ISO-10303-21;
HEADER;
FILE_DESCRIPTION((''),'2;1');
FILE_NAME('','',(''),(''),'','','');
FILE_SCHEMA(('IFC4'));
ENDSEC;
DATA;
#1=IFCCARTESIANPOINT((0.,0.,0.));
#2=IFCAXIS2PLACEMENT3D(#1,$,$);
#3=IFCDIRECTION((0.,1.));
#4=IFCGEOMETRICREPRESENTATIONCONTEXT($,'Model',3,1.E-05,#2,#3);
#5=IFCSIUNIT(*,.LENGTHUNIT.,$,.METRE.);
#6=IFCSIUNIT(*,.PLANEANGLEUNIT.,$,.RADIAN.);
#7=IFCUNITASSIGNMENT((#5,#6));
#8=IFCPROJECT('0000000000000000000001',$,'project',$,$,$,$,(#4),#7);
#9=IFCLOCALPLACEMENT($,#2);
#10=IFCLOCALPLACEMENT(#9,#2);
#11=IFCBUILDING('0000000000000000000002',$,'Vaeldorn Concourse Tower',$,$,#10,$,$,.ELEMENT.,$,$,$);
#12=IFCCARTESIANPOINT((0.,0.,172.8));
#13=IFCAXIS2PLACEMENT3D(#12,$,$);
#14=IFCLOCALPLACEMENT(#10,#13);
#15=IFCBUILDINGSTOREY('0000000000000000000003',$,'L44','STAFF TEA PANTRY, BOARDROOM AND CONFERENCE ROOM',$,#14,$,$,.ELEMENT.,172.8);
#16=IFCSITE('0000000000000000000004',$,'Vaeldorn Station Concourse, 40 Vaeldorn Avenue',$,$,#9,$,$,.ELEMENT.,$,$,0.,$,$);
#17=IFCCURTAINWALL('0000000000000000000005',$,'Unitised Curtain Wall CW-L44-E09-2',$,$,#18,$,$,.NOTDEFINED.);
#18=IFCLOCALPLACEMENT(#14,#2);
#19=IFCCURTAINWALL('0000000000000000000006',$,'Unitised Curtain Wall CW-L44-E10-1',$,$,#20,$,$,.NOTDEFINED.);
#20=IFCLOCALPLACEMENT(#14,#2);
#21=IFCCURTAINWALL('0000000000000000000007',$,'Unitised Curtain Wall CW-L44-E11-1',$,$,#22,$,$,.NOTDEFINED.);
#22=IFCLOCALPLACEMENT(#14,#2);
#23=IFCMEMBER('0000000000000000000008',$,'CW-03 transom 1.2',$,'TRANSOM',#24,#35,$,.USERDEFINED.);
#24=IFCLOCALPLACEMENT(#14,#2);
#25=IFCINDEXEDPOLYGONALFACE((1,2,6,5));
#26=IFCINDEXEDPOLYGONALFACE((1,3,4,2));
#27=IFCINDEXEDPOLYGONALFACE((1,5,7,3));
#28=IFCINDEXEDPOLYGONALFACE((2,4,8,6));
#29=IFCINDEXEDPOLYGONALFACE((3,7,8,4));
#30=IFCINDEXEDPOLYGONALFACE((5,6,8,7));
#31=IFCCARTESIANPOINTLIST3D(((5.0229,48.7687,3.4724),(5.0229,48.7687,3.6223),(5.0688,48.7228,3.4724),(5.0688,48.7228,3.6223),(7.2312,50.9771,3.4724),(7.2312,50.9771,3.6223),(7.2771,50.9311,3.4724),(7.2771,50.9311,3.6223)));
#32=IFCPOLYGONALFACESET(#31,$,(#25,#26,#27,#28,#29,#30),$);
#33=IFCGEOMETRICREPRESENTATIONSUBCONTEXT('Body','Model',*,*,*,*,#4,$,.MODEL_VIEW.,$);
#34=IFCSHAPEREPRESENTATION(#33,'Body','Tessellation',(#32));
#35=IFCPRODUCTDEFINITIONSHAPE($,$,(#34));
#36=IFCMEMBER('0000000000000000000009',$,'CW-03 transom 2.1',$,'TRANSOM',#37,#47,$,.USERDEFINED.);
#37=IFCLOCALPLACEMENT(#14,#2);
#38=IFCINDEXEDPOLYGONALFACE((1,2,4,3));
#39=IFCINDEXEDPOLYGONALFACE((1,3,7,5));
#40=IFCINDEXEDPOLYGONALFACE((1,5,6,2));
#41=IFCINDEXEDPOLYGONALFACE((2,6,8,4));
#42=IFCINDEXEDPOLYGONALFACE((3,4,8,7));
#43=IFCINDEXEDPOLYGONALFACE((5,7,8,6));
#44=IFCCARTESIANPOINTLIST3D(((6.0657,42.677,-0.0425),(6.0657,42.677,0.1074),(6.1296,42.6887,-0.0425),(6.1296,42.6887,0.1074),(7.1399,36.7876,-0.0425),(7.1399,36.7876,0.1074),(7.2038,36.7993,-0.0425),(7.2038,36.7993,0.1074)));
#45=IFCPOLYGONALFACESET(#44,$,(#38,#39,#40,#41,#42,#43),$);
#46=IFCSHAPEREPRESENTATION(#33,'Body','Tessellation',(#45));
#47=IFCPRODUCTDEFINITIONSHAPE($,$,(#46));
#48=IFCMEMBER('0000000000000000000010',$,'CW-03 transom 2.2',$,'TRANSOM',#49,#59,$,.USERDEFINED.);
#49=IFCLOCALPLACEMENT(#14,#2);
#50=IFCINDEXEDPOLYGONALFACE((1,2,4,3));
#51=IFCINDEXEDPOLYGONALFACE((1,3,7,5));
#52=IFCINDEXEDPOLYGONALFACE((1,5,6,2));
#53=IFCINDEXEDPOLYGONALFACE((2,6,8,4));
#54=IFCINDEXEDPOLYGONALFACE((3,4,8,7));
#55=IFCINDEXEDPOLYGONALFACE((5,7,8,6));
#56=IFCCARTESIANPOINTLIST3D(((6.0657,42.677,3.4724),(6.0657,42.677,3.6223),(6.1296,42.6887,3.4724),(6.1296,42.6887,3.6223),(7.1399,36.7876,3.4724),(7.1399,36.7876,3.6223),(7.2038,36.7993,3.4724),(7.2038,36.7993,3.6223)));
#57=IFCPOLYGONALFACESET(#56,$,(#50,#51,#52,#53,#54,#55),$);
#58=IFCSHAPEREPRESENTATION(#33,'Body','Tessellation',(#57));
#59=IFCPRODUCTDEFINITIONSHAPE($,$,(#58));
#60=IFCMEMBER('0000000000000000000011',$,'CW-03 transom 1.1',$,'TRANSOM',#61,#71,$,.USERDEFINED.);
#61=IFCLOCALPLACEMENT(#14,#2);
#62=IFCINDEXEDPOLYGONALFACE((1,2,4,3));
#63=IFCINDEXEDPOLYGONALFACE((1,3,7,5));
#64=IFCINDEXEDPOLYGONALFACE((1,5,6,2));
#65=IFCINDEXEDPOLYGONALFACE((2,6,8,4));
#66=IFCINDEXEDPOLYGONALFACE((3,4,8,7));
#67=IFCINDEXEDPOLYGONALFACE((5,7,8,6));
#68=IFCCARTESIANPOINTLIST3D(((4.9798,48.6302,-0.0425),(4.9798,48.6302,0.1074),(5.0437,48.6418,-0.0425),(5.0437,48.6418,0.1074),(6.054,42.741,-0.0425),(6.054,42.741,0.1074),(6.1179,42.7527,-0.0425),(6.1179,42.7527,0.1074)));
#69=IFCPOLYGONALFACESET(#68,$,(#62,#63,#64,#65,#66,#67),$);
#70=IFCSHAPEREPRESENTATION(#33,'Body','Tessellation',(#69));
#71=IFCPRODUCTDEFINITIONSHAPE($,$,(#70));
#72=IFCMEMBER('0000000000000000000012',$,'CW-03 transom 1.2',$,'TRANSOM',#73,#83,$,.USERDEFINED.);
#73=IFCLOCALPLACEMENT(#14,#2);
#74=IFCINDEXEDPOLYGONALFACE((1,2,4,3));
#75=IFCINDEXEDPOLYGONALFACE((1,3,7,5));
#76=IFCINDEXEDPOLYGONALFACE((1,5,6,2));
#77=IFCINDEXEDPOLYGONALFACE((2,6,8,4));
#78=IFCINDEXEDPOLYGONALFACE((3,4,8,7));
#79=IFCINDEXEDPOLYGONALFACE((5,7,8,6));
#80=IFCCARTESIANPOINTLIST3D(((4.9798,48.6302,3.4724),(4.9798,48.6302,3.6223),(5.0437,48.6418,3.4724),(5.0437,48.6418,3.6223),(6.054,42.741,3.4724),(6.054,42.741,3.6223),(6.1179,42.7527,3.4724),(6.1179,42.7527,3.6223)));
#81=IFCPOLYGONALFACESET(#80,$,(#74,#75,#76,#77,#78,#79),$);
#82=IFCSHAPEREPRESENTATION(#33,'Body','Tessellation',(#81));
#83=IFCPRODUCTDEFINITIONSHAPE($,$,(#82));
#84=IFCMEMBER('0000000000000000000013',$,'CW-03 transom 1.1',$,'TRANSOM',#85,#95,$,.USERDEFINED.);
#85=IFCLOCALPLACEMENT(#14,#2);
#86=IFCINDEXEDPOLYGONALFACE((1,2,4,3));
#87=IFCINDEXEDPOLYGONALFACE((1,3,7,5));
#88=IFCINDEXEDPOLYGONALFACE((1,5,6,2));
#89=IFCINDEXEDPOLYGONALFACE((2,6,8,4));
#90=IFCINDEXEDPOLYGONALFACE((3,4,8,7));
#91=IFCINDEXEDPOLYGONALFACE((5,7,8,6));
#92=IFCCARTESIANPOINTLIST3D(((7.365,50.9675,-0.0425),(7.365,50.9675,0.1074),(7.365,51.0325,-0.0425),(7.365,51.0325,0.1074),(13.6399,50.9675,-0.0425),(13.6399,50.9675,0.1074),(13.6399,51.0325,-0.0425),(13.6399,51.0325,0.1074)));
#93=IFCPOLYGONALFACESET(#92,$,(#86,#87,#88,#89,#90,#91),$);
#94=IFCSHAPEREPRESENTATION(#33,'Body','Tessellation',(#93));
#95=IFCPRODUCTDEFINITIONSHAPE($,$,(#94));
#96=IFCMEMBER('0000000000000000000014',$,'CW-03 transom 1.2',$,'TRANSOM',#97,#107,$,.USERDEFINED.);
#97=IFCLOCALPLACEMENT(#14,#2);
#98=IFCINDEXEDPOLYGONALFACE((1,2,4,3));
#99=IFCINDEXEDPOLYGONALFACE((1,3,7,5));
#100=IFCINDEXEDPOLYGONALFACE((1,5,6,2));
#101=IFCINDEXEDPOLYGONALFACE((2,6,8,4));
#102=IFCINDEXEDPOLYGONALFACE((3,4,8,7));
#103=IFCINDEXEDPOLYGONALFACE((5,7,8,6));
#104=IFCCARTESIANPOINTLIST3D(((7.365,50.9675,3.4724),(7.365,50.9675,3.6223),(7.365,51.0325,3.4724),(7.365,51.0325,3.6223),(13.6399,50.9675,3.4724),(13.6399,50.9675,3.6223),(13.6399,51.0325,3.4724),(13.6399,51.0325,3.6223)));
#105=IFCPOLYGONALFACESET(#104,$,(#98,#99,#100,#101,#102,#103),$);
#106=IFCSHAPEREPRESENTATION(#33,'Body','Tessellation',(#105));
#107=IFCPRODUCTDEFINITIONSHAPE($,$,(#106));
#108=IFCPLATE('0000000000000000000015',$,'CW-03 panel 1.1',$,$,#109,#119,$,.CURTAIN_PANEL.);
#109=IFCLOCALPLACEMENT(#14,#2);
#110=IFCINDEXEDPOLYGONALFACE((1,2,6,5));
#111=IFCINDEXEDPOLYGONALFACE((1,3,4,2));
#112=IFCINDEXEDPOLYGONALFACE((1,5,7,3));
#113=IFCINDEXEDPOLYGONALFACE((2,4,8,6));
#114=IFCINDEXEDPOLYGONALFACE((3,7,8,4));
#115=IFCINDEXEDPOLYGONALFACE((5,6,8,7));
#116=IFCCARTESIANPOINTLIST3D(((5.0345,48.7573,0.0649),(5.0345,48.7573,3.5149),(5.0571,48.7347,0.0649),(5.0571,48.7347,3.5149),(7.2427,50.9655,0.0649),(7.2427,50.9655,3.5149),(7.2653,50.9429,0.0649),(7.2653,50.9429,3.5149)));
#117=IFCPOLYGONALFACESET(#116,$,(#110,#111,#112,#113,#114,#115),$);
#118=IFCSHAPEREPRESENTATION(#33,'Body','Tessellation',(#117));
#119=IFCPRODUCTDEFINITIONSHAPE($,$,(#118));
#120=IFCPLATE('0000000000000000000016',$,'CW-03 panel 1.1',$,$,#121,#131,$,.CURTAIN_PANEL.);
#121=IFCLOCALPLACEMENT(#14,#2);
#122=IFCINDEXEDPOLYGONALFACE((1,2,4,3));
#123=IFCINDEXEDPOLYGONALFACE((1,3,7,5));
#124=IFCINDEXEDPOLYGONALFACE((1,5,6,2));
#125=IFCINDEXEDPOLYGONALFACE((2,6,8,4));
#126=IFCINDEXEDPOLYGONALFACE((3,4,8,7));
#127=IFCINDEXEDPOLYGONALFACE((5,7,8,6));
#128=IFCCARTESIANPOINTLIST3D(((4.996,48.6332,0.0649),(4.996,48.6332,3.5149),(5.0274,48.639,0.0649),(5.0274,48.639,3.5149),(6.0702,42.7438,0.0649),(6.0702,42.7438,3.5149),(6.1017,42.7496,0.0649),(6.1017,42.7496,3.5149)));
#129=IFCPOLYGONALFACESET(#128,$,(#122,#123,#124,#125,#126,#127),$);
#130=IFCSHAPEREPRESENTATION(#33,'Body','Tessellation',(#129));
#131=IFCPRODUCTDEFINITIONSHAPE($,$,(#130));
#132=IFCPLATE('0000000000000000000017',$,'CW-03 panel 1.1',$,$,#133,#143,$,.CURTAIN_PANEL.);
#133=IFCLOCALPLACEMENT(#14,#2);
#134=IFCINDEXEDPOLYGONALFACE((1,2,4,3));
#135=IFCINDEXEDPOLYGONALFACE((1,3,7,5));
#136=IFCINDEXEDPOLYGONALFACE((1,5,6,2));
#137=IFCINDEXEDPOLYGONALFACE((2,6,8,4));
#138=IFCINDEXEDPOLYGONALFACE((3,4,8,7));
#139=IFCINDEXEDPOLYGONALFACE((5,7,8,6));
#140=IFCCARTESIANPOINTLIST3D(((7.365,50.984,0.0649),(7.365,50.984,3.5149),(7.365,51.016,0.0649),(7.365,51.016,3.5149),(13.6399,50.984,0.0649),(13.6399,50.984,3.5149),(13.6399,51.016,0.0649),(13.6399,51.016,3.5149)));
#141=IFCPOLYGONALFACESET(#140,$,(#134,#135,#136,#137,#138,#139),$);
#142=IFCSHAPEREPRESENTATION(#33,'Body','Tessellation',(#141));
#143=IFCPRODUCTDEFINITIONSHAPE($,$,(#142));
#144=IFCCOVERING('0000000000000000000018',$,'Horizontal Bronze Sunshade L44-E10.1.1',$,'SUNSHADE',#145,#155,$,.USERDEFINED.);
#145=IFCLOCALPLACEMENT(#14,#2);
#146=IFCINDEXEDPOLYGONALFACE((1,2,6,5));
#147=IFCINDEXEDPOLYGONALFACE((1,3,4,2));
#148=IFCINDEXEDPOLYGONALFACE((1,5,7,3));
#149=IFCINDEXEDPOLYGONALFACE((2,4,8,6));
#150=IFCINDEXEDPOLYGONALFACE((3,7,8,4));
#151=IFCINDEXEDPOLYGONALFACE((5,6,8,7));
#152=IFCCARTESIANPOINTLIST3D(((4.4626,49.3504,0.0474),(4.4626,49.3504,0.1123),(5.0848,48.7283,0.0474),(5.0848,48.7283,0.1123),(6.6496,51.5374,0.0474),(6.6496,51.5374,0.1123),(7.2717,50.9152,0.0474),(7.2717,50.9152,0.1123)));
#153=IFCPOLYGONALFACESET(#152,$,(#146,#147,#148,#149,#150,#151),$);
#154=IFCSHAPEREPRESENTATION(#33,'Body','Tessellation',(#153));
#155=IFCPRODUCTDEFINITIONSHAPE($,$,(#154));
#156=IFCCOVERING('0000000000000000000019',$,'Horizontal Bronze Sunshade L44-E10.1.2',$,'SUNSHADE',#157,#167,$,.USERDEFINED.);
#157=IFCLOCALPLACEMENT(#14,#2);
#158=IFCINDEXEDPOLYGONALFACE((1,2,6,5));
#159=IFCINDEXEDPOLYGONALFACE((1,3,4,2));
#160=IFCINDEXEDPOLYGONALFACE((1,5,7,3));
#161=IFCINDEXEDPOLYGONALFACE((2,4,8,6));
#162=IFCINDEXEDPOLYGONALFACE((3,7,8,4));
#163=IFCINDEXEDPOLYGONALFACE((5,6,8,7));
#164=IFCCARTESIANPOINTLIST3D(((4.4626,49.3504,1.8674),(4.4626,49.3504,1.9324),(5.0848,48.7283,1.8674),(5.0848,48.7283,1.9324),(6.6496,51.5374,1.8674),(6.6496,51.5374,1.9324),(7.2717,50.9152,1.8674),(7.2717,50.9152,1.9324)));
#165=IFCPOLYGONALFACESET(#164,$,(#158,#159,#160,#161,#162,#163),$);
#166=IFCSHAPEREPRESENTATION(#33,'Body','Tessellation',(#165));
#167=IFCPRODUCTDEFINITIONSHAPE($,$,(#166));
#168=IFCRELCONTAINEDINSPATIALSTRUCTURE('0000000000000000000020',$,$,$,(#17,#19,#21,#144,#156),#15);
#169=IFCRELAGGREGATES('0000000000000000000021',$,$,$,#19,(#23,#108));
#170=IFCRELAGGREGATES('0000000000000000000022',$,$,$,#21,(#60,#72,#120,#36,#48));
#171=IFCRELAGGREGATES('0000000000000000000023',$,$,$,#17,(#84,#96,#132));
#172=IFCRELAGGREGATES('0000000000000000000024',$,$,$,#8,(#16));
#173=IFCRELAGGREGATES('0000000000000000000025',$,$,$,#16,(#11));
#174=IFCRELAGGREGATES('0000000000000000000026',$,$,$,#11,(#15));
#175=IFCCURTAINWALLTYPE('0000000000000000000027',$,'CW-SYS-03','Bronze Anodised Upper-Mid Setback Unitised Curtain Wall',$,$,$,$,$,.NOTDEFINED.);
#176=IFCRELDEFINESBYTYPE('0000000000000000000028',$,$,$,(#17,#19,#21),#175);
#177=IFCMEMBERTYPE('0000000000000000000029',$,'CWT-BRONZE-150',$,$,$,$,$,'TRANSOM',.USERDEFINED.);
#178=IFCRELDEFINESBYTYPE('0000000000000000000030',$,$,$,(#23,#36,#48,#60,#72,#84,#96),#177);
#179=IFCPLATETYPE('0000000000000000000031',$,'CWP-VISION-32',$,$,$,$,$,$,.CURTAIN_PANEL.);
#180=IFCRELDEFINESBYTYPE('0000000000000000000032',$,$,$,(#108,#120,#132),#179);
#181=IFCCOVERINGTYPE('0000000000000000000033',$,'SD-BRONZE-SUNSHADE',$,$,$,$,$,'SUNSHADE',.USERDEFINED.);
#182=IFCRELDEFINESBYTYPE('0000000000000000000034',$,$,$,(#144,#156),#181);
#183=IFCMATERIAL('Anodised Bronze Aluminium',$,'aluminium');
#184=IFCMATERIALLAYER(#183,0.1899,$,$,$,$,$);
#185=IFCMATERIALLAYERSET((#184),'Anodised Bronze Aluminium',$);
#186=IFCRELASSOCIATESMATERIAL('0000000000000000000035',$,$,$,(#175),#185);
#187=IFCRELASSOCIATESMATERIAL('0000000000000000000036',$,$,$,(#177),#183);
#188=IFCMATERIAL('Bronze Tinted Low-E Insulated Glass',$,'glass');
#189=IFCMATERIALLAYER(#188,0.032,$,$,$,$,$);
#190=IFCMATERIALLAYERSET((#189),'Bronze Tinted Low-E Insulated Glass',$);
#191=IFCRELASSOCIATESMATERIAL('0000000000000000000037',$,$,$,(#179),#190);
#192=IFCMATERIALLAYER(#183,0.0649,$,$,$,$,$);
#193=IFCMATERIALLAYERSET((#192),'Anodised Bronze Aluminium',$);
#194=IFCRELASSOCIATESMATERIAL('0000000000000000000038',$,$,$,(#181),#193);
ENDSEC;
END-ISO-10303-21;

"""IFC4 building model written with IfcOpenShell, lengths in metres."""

from ifc_helpers import new_model, si_unit, direction, frame, origin, origin_2d, place, context, subcontext, project, spatial, rectangle, extrude, source, transform, mapped, material, layer, layer_set, material_profile, profile_set, type_object, element, aggregate, save


model = new_model("IFC4")

# Units and contexts
model_context = context("Model", 3, precision=1e-05, world=origin(), true_north=direction((0.0, 1.0)))
body_context = subcontext(model_context, "Body", "Model", "MODEL_VIEW")
ifc_project = project(units=[si_unit("LENGTHUNIT", "METRE"), si_unit("PLANEANGLEUNIT", "RADIAN")], contexts=[model_context])

# Site, building, storey
site_placement = place(None, origin())
site = spatial("IfcSite", under=ifc_project, at=site_placement, Name="Vaeldorn Station Concourse, 40 Vaeldorn Avenue", CompositionType="ELEMENT", RefElevation=0.0)
building_placement = place(site_placement, origin())
building = spatial("IfcBuilding", under=site, at=building_placement, Name="Vaeldorn Concourse Tower", CompositionType="ELEMENT")
storey_placement = place(building_placement, frame((0.0, 0.0, 172.8)))
storey = spatial("IfcBuildingStorey", under=building, at=storey_placement, Name="L44", Description="STAFF TEA PANTRY, BOARDROOM AND CONFERENCE ROOM", CompositionType="ELEMENT", Elevation=172.8)

# Curtain walls
ifc_material_1 = material(Name="Anodised Bronze Aluminium", Category="aluminium")
ifc_layer_1 = layer(ifc_material_1, 0.1899)
ifc_layer_set_1 = layer_set([ifc_layer_1], Name="Anodised Bronze Aluminium")
curtain_wall_type = type_object("IfcCurtainWallType", Name="CW-SYS-03", Description="Bronze Anodised Upper-Mid Setback Unitised Curtain Wall", PredefinedType="NOTDEFINED", material=ifc_layer_set_1)
curtain_wall_1_placement = place(storey_placement, origin())
curtain_wall_1 = element("IfcCurtainWall", 1, at=curtain_wall_1_placement, inside=storey, type_object=curtain_wall_type, Name="Unitised Curtain Wall CW-L44-E09-2", PredefinedType="NOTDEFINED")
curtain_wall_2_placement = place(storey_placement, origin())
curtain_wall_2 = element("IfcCurtainWall", 2, at=curtain_wall_2_placement, inside=storey, type_object=curtain_wall_type, Name="Unitised Curtain Wall CW-L44-E10-1", PredefinedType="NOTDEFINED")
curtain_wall_3_placement = place(storey_placement, origin())
curtain_wall_3 = element("IfcCurtainWall", 3, at=curtain_wall_3_placement, inside=storey, type_object=curtain_wall_type, Name="Unitised Curtain Wall CW-L44-E11-1", PredefinedType="NOTDEFINED")

# Members
ifc_material_profile_1 = material_profile(ifc_material_1, rectangle(XDim=0.0649, YDim=0.1499, at=origin_2d()), Name="CWT 65x150")
ifc_profile_set_1 = profile_set([ifc_material_profile_1], Name="Anodised Bronze Aluminium")
member_type_1 = type_object("IfcMemberType", Name="CWT-BRONZE-150", ElementType="TRANSOM", PredefinedType="USERDEFINED", material=ifc_profile_set_1)
shared_shape_1 = source(origin(), body_context, "Body", "SweptSolid", [
    extrude(rectangle(XDim=0.0649, YDim=0.1499, at=origin_2d()), origin(), (0.0, 0.0, 1.0), 3.123),
])
member_1_placement = place(storey_placement, frame((7.2542, 50.9541, 3.5474), z_axis=(-0.707107, -0.707107, 0.0), x_axis=(0.707107, -0.707107, 0.0)))
member_1 = element("IfcMember", 4, at=member_1_placement, type_object=member_type_1, Name="CW-03 transom 1.2", ObjectType="TRANSOM", PredefinedType="USERDEFINED", context=body_context, shape_type="MappedRepresentation", body=[
    mapped(shared_shape_1, transform((0.0, 0.0, 0.0), scale=1.0)),
])
shared_shape_2 = source(origin(), body_context, "Body", "SweptSolid", [
    extrude(rectangle(XDim=0.0649, YDim=0.1499, at=origin_2d()), origin(), (0.0, 0.0, 1.0), 5.9866),
])
member_2_placement = place(storey_placement, frame((6.0977, 42.6829, 0.0325), z_axis=(0.179438, -0.983769, 0.0), x_axis=(0.983769, 0.179438, 0.0)))
member_2 = element("IfcMember", 5, at=member_2_placement, type_object=member_type_1, Name="CW-03 transom 2.1", ObjectType="TRANSOM", PredefinedType="USERDEFINED", context=body_context, shape_type="MappedRepresentation", body=[
    mapped(shared_shape_2, transform((0.0, 0.0, 0.0), scale=1.0)),
])
member_3_placement = place(storey_placement, frame((6.0977, 42.6829, 3.5474), z_axis=(0.179438, -0.983769, 0.0), x_axis=(0.983769, 0.179438, 0.0)))
member_3 = element("IfcMember", 6, at=member_3_placement, type_object=member_type_1, Name="CW-03 transom 2.2", ObjectType="TRANSOM", PredefinedType="USERDEFINED", context=body_context, shape_type="MappedRepresentation", body=[
    mapped(shared_shape_2, transform((0.0, 0.0, 0.0), scale=1.0)),
])
shared_shape_3 = source(origin(), body_context, "Body", "SweptSolid", [
    extrude(rectangle(XDim=0.0649, YDim=0.1499, at=origin_2d()), origin(), (0.0, 0.0, 1.0), 5.9863),
])
member_4_placement = place(storey_placement, frame((5.0117, 48.636, 0.0325), z_axis=(0.179445, -0.983768, 0.0), x_axis=(0.983768, 0.179445, 0.0)))
member_4 = element("IfcMember", 7, at=member_4_placement, type_object=member_type_1, Name="CW-03 transom 1.1", ObjectType="TRANSOM", PredefinedType="USERDEFINED", context=body_context, shape_type="MappedRepresentation", body=[
    mapped(shared_shape_3, transform((0.0, 0.0, 0.0), scale=1.0)),
])
member_5_placement = place(storey_placement, frame((5.0117, 48.636, 3.5474), z_axis=(0.179445, -0.983768, 0.0), x_axis=(0.983768, 0.179445, 0.0)))
member_5 = element("IfcMember", 8, at=member_5_placement, type_object=member_type_1, Name="CW-03 transom 1.2", ObjectType="TRANSOM", PredefinedType="USERDEFINED", context=body_context, shape_type="MappedRepresentation", body=[
    mapped(shared_shape_3, transform((0.0, 0.0, 0.0), scale=1.0)),
])
shared_shape_4 = source(origin(), body_context, "Body", "SweptSolid", [
    extrude(rectangle(XDim=0.0649, YDim=0.1499, at=origin_2d()), origin(), (0.0, 0.0, 1.0), 6.2749),
])
member_6_placement = place(storey_placement, frame((13.6399, 51.0, 0.0325), z_axis=(-1.0, 0.0, 0.0), x_axis=(0.0, -1.0, 0.0)))
member_6 = element("IfcMember", 9, at=member_6_placement, type_object=member_type_1, Name="CW-03 transom 1.1", ObjectType="TRANSOM", PredefinedType="USERDEFINED", context=body_context, shape_type="MappedRepresentation", body=[
    mapped(shared_shape_4, transform((0.0, 0.0, 0.0), scale=1.0)),
])
member_7_placement = place(storey_placement, frame((13.6399, 51.0, 3.5474), z_axis=(-1.0, 0.0, 0.0), x_axis=(0.0, -1.0, 0.0)))
member_7 = element("IfcMember", 10, at=member_7_placement, type_object=member_type_1, Name="CW-03 transom 1.2", ObjectType="TRANSOM", PredefinedType="USERDEFINED", context=body_context, shape_type="MappedRepresentation", body=[
    mapped(shared_shape_4, transform((0.0, 0.0, 0.0), scale=1.0)),
])

# Plates
ifc_material_2 = material(Name="Bronze Tinted Low-E Insulated Glass", Category="glass")
ifc_layer_2 = layer(ifc_material_2, 0.032)
ifc_layer_set_2 = layer_set([ifc_layer_2], Name="Bronze Tinted Low-E Insulated Glass")
plate_type = type_object("IfcPlateType", Name="CWP-VISION-32", PredefinedType="CURTAIN_PANEL", material=ifc_layer_set_2)
shared_shape_5 = source(origin(), body_context, "Body", "SweptSolid", [
    extrude(rectangle(XDim=3.1228, YDim=0.032, at=origin_2d()), origin(), (0.0, 0.0, 1.0), 3.45),
])
plate_1_placement = place(storey_placement, frame((6.1499, 49.8501, 0.0649), z_axis=(0.0, 0.0, 1.0), x_axis=(-0.707107, -0.707107, 0.0)))
plate_1 = element("IfcPlate", 11, at=plate_1_placement, type_object=plate_type, Name="CW-03 panel 1.1", PredefinedType="CURTAIN_PANEL", context=body_context, shape_type="MappedRepresentation", body=[
    mapped(shared_shape_5, transform((0.0, 0.0, 0.0), scale=1.0)),
])
aggregate(curtain_wall_2, [member_1, plate_1])
shared_shape_6 = source(origin(), body_context, "Body", "SweptSolid", [
    extrude(rectangle(XDim=5.9866, YDim=0.032, at=origin_2d()), origin(), (0.0, 0.0, 1.0), 3.45),
])
plate_2_placement = place(storey_placement, frame((5.5488, 45.6914, 0.0649), z_axis=(0.0, 0.0, 1.0), x_axis=(0.179447, -0.983768, 0.0)))
plate_2 = element("IfcPlate", 12, at=plate_2_placement, type_object=plate_type, Name="CW-03 panel 1.1", PredefinedType="CURTAIN_PANEL", context=body_context, shape_type="MappedRepresentation", body=[
    mapped(shared_shape_6, transform((0.0, 0.0, 0.0), scale=1.0)),
])
aggregate(curtain_wall_3, [member_4, member_5, plate_2, member_2, member_3])
shared_shape_7 = source(origin(), body_context, "Body", "SweptSolid", [
    extrude(rectangle(XDim=6.2749, YDim=0.032, at=origin_2d()), origin(), (0.0, 0.0, 1.0), 3.45),
])
plate_3_placement = place(storey_placement, frame((10.5024, 51.0, 0.0649), z_axis=(0.0, 0.0, 1.0), x_axis=(-1.0, 0.0, 0.0)))
plate_3 = element("IfcPlate", 13, at=plate_3_placement, type_object=plate_type, Name="CW-03 panel 1.1", PredefinedType="CURTAIN_PANEL", context=body_context, shape_type="MappedRepresentation", body=[
    mapped(shared_shape_7, transform((0.0, 0.0, 0.0), scale=1.0)),
])
aggregate(curtain_wall_1, [member_6, member_7, plate_3])

# Coverings
ifc_layer_3 = layer(ifc_material_1, 0.0649)
ifc_layer_set_3 = layer_set([ifc_layer_3], Name="Anodised Bronze Aluminium")
covering_type = type_object("IfcCoveringType", Name="SD-BRONZE-SUNSHADE", ElementType="SUNSHADE", PredefinedType="USERDEFINED", material=ifc_layer_set_3)
shared_shape_8 = source(origin(), body_context, "Body", "SweptSolid", [
    extrude(rectangle(XDim=3.0928, YDim=0.8799, at=origin_2d()), origin(), (0.0, 0.0, 1.0), 0.0649),
])
for number, where, z_axis, x_axis, name in (
    (14, (5.8672, 50.1328, 0.0474), (0.0, 0.0, 1.0), (-0.707107, -0.707107, 0.0), "Horizontal Bronze Sunshade L44-E10.1.1"),
    (15, (5.8672, 50.1328, 1.8674), (0.0, 0.0, 1.0), (-0.707107, -0.707107, 0.0), "Horizontal Bronze Sunshade L44-E10.1.2"),
):
    element("IfcCovering", number, at=place(storey_placement, frame(where, z_axis=z_axis, x_axis=x_axis)), inside=storey, type_object=covering_type, Name=name, ObjectType="SUNSHADE", PredefinedType="USERDEFINED", context=body_context, shape_type="MappedRepresentation", body=[
        mapped(shared_shape_8, transform((0.0, 0.0, 0.0), scale=1.0)),
    ])

save(model, "model.ifc")
